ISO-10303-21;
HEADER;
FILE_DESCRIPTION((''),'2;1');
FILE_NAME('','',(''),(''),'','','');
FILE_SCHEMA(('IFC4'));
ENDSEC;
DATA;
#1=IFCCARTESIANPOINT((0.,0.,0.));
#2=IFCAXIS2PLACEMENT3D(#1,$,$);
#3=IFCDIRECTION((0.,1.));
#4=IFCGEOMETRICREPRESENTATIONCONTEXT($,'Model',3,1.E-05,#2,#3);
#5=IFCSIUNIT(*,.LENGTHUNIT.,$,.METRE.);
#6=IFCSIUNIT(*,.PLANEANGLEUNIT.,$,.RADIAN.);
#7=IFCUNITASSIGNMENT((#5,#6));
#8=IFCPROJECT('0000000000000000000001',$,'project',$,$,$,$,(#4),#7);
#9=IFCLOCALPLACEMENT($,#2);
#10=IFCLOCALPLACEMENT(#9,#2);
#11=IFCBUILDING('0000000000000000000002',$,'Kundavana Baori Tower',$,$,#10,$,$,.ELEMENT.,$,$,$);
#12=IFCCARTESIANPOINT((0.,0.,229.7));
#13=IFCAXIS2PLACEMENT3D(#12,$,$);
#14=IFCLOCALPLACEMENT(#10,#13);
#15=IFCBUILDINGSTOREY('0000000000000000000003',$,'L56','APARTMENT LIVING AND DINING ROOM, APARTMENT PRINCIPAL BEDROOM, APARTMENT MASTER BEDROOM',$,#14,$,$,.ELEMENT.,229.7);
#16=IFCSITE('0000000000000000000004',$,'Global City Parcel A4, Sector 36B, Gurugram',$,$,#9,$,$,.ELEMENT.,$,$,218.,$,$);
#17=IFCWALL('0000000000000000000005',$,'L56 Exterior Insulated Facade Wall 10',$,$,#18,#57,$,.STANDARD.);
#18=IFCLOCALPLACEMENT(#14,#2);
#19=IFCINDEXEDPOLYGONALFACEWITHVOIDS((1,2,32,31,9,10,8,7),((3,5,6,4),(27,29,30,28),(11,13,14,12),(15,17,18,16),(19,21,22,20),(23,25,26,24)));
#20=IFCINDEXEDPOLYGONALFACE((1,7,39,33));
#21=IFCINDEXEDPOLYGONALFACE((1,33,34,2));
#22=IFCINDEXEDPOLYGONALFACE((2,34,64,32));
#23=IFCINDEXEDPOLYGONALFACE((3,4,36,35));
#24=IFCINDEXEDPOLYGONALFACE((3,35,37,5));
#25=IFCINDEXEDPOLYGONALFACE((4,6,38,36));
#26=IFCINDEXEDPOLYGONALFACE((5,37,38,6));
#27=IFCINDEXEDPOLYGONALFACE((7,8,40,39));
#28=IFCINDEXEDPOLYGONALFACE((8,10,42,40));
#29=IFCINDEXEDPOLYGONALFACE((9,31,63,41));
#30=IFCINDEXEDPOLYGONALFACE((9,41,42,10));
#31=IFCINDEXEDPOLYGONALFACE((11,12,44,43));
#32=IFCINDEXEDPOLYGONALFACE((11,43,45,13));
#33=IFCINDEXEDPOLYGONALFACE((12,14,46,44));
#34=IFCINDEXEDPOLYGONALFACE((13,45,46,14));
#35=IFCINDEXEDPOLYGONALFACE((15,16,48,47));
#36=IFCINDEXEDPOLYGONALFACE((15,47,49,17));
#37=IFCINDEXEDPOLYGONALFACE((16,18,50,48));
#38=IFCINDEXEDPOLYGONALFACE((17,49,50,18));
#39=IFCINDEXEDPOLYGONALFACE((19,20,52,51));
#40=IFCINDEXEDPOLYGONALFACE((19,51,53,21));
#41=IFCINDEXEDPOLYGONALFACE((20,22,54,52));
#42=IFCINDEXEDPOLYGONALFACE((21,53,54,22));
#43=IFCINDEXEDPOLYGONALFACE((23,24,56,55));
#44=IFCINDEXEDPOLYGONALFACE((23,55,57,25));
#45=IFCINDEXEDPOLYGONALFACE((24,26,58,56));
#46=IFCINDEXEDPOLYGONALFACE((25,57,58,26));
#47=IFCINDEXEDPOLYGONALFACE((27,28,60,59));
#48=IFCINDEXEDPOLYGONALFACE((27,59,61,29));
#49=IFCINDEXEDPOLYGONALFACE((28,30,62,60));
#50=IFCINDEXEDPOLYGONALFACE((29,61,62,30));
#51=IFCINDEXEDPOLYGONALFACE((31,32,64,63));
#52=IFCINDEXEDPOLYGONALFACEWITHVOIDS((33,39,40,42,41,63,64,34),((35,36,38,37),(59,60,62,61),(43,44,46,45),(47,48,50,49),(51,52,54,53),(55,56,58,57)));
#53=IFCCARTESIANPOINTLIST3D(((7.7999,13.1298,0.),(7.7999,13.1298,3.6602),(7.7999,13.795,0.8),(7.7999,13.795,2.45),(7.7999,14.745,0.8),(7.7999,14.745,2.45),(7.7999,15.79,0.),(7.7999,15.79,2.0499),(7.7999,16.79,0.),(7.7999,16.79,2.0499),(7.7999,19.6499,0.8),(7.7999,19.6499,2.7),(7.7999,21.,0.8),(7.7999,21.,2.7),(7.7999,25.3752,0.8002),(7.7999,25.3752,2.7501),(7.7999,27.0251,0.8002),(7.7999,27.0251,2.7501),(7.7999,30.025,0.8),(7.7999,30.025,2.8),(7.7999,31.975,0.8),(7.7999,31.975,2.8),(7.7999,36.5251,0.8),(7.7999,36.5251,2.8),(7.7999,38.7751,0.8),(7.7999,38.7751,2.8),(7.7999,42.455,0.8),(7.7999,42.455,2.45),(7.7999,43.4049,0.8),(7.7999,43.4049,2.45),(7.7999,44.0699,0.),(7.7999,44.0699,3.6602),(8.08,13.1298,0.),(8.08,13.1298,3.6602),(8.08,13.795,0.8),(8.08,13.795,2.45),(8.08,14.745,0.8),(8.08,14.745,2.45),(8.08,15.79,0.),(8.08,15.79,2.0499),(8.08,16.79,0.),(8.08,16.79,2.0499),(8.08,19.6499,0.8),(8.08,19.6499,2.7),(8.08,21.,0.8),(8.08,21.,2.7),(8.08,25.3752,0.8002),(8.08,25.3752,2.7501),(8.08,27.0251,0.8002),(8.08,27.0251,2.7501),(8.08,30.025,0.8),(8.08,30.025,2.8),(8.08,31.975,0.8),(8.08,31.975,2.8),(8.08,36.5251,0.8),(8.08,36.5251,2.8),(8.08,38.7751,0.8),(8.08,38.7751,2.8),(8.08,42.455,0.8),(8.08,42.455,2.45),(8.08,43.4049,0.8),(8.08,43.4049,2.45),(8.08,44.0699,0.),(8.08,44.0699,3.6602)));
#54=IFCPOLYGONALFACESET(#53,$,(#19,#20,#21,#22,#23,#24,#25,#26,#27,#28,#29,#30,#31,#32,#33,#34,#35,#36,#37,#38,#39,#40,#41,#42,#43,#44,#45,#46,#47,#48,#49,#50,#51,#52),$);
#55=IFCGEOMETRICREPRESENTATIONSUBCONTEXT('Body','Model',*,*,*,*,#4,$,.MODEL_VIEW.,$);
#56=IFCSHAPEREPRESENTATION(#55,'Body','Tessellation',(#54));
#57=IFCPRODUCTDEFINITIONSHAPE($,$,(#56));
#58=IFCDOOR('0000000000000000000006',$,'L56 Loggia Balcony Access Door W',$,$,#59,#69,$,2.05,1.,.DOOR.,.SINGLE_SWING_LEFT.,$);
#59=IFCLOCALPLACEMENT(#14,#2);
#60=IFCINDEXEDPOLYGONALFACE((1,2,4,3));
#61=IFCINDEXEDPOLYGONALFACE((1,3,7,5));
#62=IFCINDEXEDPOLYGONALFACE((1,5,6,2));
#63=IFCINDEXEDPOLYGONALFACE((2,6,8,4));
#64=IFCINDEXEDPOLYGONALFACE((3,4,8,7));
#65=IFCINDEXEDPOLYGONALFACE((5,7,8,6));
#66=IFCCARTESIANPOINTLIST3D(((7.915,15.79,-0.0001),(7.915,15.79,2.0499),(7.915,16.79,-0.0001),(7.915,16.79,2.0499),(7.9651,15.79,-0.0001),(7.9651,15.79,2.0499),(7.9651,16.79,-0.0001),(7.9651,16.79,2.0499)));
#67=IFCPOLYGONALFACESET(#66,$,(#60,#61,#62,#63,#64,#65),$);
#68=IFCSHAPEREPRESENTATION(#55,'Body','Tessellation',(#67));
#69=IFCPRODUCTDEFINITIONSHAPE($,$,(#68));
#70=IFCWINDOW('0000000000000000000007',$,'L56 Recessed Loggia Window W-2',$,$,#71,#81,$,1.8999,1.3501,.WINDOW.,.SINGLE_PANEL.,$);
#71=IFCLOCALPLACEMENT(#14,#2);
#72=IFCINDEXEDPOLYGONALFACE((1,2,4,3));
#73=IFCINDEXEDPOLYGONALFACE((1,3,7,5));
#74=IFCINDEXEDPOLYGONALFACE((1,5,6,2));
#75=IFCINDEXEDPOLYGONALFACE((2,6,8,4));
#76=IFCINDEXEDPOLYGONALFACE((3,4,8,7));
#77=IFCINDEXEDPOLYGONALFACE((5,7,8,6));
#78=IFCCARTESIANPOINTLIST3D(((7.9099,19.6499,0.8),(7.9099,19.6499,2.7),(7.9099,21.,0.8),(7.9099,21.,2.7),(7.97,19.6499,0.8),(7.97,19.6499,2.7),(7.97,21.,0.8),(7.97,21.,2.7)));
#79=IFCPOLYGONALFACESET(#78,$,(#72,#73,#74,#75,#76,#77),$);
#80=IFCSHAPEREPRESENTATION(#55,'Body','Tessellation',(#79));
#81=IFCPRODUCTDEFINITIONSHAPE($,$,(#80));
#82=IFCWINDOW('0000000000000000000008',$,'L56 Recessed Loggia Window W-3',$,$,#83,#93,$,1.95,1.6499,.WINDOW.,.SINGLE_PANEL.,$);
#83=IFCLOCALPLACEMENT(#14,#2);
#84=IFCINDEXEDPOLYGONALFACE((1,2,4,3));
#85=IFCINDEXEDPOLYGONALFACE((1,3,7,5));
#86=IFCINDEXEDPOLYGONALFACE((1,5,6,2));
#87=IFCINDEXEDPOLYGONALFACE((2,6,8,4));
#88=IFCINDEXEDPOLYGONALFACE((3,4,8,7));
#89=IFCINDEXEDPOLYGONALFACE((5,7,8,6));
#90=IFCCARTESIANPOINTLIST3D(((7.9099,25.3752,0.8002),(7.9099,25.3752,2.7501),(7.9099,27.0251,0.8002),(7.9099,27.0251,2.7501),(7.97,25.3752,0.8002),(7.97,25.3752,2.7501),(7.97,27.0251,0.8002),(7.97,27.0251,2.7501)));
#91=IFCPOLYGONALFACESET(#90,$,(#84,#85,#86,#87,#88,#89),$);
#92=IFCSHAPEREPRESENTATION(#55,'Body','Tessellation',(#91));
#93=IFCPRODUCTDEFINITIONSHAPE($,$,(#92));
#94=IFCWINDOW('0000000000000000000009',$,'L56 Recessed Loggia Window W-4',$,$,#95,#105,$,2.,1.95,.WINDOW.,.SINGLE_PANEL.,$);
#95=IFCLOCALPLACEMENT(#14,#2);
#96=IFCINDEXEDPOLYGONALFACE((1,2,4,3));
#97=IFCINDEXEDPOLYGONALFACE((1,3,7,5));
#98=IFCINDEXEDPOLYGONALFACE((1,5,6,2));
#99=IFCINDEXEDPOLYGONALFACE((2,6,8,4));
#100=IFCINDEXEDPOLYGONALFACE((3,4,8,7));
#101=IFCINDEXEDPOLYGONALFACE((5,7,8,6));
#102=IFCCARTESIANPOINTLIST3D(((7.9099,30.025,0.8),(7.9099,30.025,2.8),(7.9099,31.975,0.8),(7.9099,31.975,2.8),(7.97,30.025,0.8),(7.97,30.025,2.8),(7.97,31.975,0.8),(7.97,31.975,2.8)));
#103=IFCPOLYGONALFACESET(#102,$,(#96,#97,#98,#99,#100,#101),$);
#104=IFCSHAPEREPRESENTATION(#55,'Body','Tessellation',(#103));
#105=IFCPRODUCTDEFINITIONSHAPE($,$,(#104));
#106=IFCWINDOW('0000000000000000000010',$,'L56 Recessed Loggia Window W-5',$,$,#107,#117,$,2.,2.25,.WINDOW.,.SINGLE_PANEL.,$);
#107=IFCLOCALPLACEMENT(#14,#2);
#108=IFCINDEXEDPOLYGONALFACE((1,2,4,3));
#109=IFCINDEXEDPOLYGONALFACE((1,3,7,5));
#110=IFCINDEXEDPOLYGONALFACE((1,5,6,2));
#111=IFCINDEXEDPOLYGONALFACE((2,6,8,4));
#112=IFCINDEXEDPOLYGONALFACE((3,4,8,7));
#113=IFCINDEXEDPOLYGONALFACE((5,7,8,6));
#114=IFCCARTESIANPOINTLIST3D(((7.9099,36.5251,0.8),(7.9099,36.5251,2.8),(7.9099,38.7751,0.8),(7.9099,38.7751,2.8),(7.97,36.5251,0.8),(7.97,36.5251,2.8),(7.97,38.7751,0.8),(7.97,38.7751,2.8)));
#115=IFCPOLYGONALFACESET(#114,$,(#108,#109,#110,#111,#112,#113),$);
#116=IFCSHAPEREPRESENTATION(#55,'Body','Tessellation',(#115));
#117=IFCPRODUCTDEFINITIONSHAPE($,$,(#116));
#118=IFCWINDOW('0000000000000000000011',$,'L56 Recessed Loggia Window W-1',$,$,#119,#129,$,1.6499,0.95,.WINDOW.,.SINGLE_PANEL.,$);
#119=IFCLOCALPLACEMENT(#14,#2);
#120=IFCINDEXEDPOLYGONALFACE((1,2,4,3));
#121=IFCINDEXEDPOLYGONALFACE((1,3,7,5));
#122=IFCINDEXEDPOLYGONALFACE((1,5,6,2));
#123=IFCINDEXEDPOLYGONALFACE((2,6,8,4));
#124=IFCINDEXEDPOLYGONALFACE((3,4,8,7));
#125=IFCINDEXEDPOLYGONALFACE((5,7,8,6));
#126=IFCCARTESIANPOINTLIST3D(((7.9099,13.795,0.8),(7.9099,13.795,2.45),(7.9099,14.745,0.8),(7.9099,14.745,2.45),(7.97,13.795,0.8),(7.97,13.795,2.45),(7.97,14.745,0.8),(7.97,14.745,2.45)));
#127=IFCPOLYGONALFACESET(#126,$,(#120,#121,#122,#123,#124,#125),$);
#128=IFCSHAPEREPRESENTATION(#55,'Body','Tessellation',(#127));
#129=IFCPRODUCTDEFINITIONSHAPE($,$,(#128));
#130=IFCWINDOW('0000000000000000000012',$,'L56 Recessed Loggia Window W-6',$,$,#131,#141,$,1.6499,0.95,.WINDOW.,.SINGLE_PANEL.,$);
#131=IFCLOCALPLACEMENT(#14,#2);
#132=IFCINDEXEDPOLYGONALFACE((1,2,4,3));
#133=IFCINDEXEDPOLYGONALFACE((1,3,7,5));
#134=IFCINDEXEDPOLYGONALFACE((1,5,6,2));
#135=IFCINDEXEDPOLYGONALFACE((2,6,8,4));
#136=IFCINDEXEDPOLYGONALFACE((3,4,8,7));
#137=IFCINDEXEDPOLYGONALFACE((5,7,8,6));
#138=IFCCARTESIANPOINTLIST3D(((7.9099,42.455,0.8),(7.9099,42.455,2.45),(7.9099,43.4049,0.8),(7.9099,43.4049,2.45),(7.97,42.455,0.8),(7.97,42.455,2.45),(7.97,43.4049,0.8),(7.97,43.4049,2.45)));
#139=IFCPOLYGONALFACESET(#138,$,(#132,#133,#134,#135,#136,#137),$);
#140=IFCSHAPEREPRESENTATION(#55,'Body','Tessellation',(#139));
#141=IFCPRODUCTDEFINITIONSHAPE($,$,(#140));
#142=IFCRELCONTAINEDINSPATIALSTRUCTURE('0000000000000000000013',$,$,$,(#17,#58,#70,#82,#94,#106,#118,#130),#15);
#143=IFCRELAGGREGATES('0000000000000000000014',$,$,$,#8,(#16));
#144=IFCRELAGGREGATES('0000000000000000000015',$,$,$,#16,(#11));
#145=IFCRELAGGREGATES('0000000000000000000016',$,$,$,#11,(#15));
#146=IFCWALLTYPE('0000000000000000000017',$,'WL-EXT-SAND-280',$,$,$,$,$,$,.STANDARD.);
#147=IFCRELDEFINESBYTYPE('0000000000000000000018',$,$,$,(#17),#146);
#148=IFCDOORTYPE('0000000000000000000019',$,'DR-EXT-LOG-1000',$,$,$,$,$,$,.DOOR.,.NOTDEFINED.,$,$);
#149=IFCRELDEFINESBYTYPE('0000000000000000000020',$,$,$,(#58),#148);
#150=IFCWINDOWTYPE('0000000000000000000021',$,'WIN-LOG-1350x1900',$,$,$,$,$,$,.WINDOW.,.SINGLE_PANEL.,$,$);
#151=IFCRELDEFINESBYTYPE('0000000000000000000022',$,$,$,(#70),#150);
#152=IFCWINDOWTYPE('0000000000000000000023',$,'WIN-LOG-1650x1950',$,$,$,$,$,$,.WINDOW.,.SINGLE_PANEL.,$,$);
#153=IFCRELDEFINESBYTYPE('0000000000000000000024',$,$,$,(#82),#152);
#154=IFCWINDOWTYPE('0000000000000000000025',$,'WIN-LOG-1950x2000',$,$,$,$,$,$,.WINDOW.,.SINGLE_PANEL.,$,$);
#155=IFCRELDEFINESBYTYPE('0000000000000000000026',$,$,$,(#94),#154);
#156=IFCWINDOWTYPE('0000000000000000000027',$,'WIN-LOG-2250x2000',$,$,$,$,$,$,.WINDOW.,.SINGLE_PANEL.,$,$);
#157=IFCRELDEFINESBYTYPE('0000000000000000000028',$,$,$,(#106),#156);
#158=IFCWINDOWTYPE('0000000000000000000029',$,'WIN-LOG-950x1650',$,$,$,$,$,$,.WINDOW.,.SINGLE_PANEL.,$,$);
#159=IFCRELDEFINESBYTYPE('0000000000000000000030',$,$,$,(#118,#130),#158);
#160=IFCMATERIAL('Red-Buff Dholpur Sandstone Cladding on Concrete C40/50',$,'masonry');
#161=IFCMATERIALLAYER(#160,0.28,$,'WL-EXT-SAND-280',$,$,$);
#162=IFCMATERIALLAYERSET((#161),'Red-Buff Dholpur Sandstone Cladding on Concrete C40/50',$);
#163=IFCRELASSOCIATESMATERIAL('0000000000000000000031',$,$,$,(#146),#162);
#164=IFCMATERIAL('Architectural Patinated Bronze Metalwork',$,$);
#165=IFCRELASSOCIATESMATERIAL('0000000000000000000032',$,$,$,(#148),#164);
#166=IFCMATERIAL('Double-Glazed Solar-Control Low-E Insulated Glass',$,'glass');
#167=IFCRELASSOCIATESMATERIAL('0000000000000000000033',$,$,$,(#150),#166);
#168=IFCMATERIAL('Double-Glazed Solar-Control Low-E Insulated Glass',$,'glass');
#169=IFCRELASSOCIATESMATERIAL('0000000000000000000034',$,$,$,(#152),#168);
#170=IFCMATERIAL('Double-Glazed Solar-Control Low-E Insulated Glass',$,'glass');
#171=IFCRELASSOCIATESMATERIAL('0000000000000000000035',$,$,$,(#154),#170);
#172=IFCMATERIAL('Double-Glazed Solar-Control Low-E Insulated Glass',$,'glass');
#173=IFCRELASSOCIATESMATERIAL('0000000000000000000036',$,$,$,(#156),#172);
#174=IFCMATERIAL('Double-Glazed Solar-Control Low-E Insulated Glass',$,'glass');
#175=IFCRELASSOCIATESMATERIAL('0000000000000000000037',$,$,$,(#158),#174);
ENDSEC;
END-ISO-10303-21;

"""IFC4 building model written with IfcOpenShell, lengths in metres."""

from ifc_helpers import new_model, si_unit, direction, frame, frame_2d, origin, place, context, subcontext, project, spatial, rectangle, extrude, material, layer, layer_set, type_object, element, fill, save


model = new_model("IFC4")

# Units and contexts
model_context = context("Model", 3, precision=1e-05, world=origin(), true_north=direction((0.0, 1.0)))
body_context = subcontext(model_context, "Body", "Model", "MODEL_VIEW")
ifc_project = project(units=[si_unit("LENGTHUNIT", "METRE"), si_unit("PLANEANGLEUNIT", "RADIAN")], contexts=[model_context])

# Site, building, storey
site_placement = place(None, origin())
site = spatial("IfcSite", under=ifc_project, at=site_placement, Name="Global City Parcel A4, Sector 36B, Gurugram", CompositionType="ELEMENT", RefElevation=218.0)
building_placement = place(site_placement, origin())
building = spatial("IfcBuilding", under=site, at=building_placement, Name="Kundavana Baori Tower", CompositionType="ELEMENT")
storey_placement = place(building_placement, frame((0.0, 0.0, 229.7)))
storey = spatial("IfcBuildingStorey", under=building, at=storey_placement, Name="L56", Description="APARTMENT LIVING AND DINING ROOM, APARTMENT PRINCIPAL BEDROOM, APARTMENT MASTER BEDROOM", CompositionType="ELEMENT", Elevation=229.7)

# Shared definitions
ifc_material_1 = material(Name="Red-Buff Dholpur Sandstone Cladding on Concrete C40/50", Category="masonry")
ifc_layer_1 = layer(ifc_material_1, 0.28, Name="WL-EXT-SAND-280")
ifc_layer_set_1 = layer_set([ifc_layer_1], Name="Red-Buff Dholpur Sandstone Cladding on Concrete C40/50")
wall_type_1 = type_object("IfcWallType", Name="WL-EXT-SAND-280", PredefinedType="STANDARD", material=ifc_layer_set_1)

# Wall, openings, door, windows
wall_1_placement = place(storey_placement, frame((7.9399, 44.0701, 0.0), z_axis=(0.0, 0.0, 1.0), x_axis=(0.0, -1.0, 0.0)))
wall_1 = element("IfcWall", 1, at=wall_1_placement, inside=storey, type_object=wall_type_1, Name="L56 Exterior Insulated Facade Wall 10", PredefinedType="STANDARD", context=body_context, shape_type="SweptSolid", body=[
    extrude(rectangle(XDim=30.9402, YDim=0.28, at=frame_2d((15.4702, 0.0))), origin(), (0.0, 0.0, 1.0), 3.6602),
])
opening_1_placement = place(wall_1_placement, frame((29.325, 0.0, 0.8)))
opening_1 = element("IfcOpeningElement", 2, at=opening_1_placement, cuts=wall_1, PredefinedType="OPENING", context=body_context, shape_type="SweptSolid", body=[
    extrude(rectangle(XDim=0.95, YDim=1.6499, at=frame_2d((0.4751, 0.825))), frame((0.0, 0.1499, 0.0), z_axis=(0.0, -1.0, 0.0), x_axis=(1.0, 0.0, 0.0)), (0.0, 0.0, 1.0), 0.3),
])
opening_2_placement = place(wall_1_placement, frame((27.28, 0.0, 0.0)))
opening_2 = element("IfcOpeningElement", 3, at=opening_2_placement, cuts=wall_1, PredefinedType="OPENING", context=body_context, shape_type="SweptSolid", body=[
    extrude(rectangle(XDim=1.0, YDim=2.05, at=frame_2d((0.5, 1.0249))), frame((0.0, 0.1499, 0.0), z_axis=(0.0, -1.0, 0.0), x_axis=(1.0, 0.0, 0.0)), (0.0, 0.0, 1.0), 0.3),
])
opening_3_placement = place(wall_1_placement, frame((23.0701, 0.0, 0.8)))
opening_3 = element("IfcOpeningElement", 4, at=opening_3_placement, cuts=wall_1, PredefinedType="OPENING", context=body_context, shape_type="SweptSolid", body=[
    extrude(rectangle(XDim=1.3501, YDim=1.8999, at=frame_2d((0.675, 0.95))), frame((0.0, 0.1499, 0.0), z_axis=(0.0, -1.0, 0.0), x_axis=(1.0, 0.0, 0.0)), (0.0, 0.0, 1.0), 0.3),
])
opening_4_placement = place(wall_1_placement, frame((17.0449, 0.0, 0.8)))
opening_4 = element("IfcOpeningElement", 5, at=opening_4_placement, cuts=wall_1, PredefinedType="OPENING", context=body_context, shape_type="SweptSolid", body=[
    extrude(rectangle(XDim=1.6499, YDim=1.95, at=frame_2d((0.825, 0.9751))), frame((0.0, 0.1499, 0.0), z_axis=(0.0, -1.0, 0.0), x_axis=(1.0, 0.0, 0.0)), (0.0, 0.0, 1.0), 0.3),
])
opening_5_placement = place(wall_1_placement, frame((12.095, 0.0, 0.8)))
opening_5 = element("IfcOpeningElement", 6, at=opening_5_placement, cuts=wall_1, PredefinedType="OPENING", context=body_context, shape_type="SweptSolid", body=[
    extrude(rectangle(XDim=1.95, YDim=2.0, at=frame_2d((0.9751, 1.0))), frame((0.0, 0.1499, 0.0), z_axis=(0.0, -1.0, 0.0), x_axis=(1.0, 0.0, 0.0)), (0.0, 0.0, 1.0), 0.3),
])
opening_6_placement = place(wall_1_placement, frame((5.2949, 0.0, 0.8)))
opening_6 = element("IfcOpeningElement", 7, at=opening_6_placement, cuts=wall_1, PredefinedType="OPENING", context=body_context, shape_type="SweptSolid", body=[
    extrude(rectangle(XDim=2.25, YDim=2.0, at=frame_2d((1.125, 1.0))), frame((0.0, 0.1499, 0.0), z_axis=(0.0, -1.0, 0.0), x_axis=(1.0, 0.0, 0.0)), (0.0, 0.0, 1.0), 0.3),
])
opening_7_placement = place(wall_1_placement, frame((0.665, 0.0, 0.8)))
opening_7 = element("IfcOpeningElement", 8, at=opening_7_placement, cuts=wall_1, PredefinedType="OPENING", context=body_context, shape_type="SweptSolid", body=[
    extrude(rectangle(XDim=0.95, YDim=1.6499, at=frame_2d((0.4751, 0.825))), frame((0.0, 0.1499, 0.0), z_axis=(0.0, -1.0, 0.0), x_axis=(1.0, 0.0, 0.0)), (0.0, 0.0, 1.0), 0.3),
])
ifc_material_2 = material(Name="Architectural Patinated Bronze Metalwork")
door_type_1 = type_object("IfcDoorType", Name="DR-EXT-LOG-1000", OperationType="NOTDEFINED", PredefinedType="DOOR", material=ifc_material_2)
door_1_placement = place(opening_2_placement, frame((1.0, 0.0, 0.0), z_axis=(0.0, 0.0, 1.0), x_axis=(-1.0, 0.0, 0.0)))
door_1 = element("IfcDoor", 9, at=door_1_placement, inside=storey, type_object=door_type_1, Name="L56 Loggia Balcony Access Door W", OperationType="SINGLE_SWING_LEFT", OverallHeight=2.05, OverallWidth=1.0, PredefinedType="DOOR", context=body_context, shape_type="SweptSolid", body=[
    extrude(rectangle(XDim=1.0, YDim=2.05, at=frame_2d((0.5, 1.0249))), frame((0.0, 0.0249, 0.0), z_axis=(0.0, -1.0, 0.0), x_axis=(1.0, 0.0, 0.0)), (0.0, 0.0, 1.0), 0.05),
])
fill(opening_2, door_1)
ifc_material_3 = material(Name="Double-Glazed Solar-Control Low-E Insulated Glass", Category="glass")
window_type_1 = type_object("IfcWindowType", Name="WIN-LOG-1350x1900", PartitioningType="SINGLE_PANEL", PredefinedType="WINDOW", material=ifc_material_3)
window_1_placement = place(opening_3_placement, origin())
window_1 = element("IfcWindow", 10, at=window_1_placement, inside=storey, type_object=window_type_1, Name="L56 Recessed Loggia Window W-2", OverallHeight=1.8999, OverallWidth=1.3501, PartitioningType="SINGLE_PANEL", PredefinedType="WINDOW", context=body_context, shape_type="SweptSolid", body=[
    extrude(rectangle(XDim=1.3501, YDim=1.8999, at=frame_2d((0.675, 0.95))), frame((0.0, 0.03, 0.0), z_axis=(0.0, -1.0, 0.0), x_axis=(1.0, 0.0, 0.0)), (0.0, 0.0, 1.0), 0.0601),
])
fill(opening_3, window_1)
ifc_material_4 = material(Name="Double-Glazed Solar-Control Low-E Insulated Glass", Category="glass")
window_type_2 = type_object("IfcWindowType", Name="WIN-LOG-1650x1950", PartitioningType="SINGLE_PANEL", PredefinedType="WINDOW", material=ifc_material_4)
window_2_placement = place(opening_4_placement, origin())
window_2 = element("IfcWindow", 11, at=window_2_placement, inside=storey, type_object=window_type_2, Name="L56 Recessed Loggia Window W-3", OverallHeight=1.95, OverallWidth=1.6499, PartitioningType="SINGLE_PANEL", PredefinedType="WINDOW", context=body_context, shape_type="SweptSolid", body=[
    extrude(rectangle(XDim=1.6499, YDim=1.95, at=frame_2d((0.825, 0.9751))), frame((0.0, 0.03, 0.0), z_axis=(0.0, -1.0, 0.0), x_axis=(1.0, 0.0, 0.0)), (0.0, 0.0, 1.0), 0.0601),
])
fill(opening_4, window_2)
ifc_material_5 = material(Name="Double-Glazed Solar-Control Low-E Insulated Glass", Category="glass")
window_type_3 = type_object("IfcWindowType", Name="WIN-LOG-1950x2000", PartitioningType="SINGLE_PANEL", PredefinedType="WINDOW", material=ifc_material_5)
window_3_placement = place(opening_5_placement, origin())
window_3 = element("IfcWindow", 12, at=window_3_placement, inside=storey, type_object=window_type_3, Name="L56 Recessed Loggia Window W-4", OverallHeight=2.0, OverallWidth=1.95, PartitioningType="SINGLE_PANEL", PredefinedType="WINDOW", context=body_context, shape_type="SweptSolid", body=[
    extrude(rectangle(XDim=1.95, YDim=2.0, at=frame_2d((0.9751, 1.0))), frame((0.0, 0.03, 0.0), z_axis=(0.0, -1.0, 0.0), x_axis=(1.0, 0.0, 0.0)), (0.0, 0.0, 1.0), 0.0601),
])
fill(opening_5, window_3)
ifc_material_6 = material(Name="Double-Glazed Solar-Control Low-E Insulated Glass", Category="glass")
window_type_4 = type_object("IfcWindowType", Name="WIN-LOG-2250x2000", PartitioningType="SINGLE_PANEL", PredefinedType="WINDOW", material=ifc_material_6)
window_4_placement = place(opening_6_placement, origin())
window_4 = element("IfcWindow", 13, at=window_4_placement, inside=storey, type_object=window_type_4, Name="L56 Recessed Loggia Window W-5", OverallHeight=2.0, OverallWidth=2.25, PartitioningType="SINGLE_PANEL", PredefinedType="WINDOW", context=body_context, shape_type="SweptSolid", body=[
    extrude(rectangle(XDim=2.25, YDim=2.0, at=frame_2d((1.125, 1.0))), frame((0.0, 0.03, 0.0), z_axis=(0.0, -1.0, 0.0), x_axis=(1.0, 0.0, 0.0)), (0.0, 0.0, 1.0), 0.0601),
])
fill(opening_6, window_4)
ifc_material_7 = material(Name="Double-Glazed Solar-Control Low-E Insulated Glass", Category="glass")
window_type_5 = type_object("IfcWindowType", Name="WIN-LOG-950x1650", PartitioningType="SINGLE_PANEL", PredefinedType="WINDOW", material=ifc_material_7)
window_5_placement = place(opening_1_placement, origin())
window_5 = element("IfcWindow", 14, at=window_5_placement, inside=storey, type_object=window_type_5, Name="L56 Recessed Loggia Window W-1", OverallHeight=1.6499, OverallWidth=0.95, PartitioningType="SINGLE_PANEL", PredefinedType="WINDOW", context=body_context, shape_type="SweptSolid", body=[
    extrude(rectangle(XDim=0.95, YDim=1.6499, at=frame_2d((0.4751, 0.825))), frame((0.0, 0.03, 0.0), z_axis=(0.0, -1.0, 0.0), x_axis=(1.0, 0.0, 0.0)), (0.0, 0.0, 1.0), 0.0601),
])
fill(opening_1, window_5)
window_6_placement = place(opening_7_placement, origin())
window_6 = element("IfcWindow", 15, at=window_6_placement, inside=storey, type_object=window_type_5, Name="L56 Recessed Loggia Window W-6", OverallHeight=1.6499, OverallWidth=0.95, PartitioningType="SINGLE_PANEL", PredefinedType="WINDOW", context=body_context, shape_type="SweptSolid", body=[
    extrude(rectangle(XDim=0.95, YDim=1.6499, at=frame_2d((0.4751, 0.825))), frame((0.0, 0.03, 0.0), z_axis=(0.0, -1.0, 0.0), x_axis=(1.0, 0.0, 0.0)), (0.0, 0.0, 1.0), 0.0601),
])
fill(opening_7, window_6)

save(model, "model.ifc")
